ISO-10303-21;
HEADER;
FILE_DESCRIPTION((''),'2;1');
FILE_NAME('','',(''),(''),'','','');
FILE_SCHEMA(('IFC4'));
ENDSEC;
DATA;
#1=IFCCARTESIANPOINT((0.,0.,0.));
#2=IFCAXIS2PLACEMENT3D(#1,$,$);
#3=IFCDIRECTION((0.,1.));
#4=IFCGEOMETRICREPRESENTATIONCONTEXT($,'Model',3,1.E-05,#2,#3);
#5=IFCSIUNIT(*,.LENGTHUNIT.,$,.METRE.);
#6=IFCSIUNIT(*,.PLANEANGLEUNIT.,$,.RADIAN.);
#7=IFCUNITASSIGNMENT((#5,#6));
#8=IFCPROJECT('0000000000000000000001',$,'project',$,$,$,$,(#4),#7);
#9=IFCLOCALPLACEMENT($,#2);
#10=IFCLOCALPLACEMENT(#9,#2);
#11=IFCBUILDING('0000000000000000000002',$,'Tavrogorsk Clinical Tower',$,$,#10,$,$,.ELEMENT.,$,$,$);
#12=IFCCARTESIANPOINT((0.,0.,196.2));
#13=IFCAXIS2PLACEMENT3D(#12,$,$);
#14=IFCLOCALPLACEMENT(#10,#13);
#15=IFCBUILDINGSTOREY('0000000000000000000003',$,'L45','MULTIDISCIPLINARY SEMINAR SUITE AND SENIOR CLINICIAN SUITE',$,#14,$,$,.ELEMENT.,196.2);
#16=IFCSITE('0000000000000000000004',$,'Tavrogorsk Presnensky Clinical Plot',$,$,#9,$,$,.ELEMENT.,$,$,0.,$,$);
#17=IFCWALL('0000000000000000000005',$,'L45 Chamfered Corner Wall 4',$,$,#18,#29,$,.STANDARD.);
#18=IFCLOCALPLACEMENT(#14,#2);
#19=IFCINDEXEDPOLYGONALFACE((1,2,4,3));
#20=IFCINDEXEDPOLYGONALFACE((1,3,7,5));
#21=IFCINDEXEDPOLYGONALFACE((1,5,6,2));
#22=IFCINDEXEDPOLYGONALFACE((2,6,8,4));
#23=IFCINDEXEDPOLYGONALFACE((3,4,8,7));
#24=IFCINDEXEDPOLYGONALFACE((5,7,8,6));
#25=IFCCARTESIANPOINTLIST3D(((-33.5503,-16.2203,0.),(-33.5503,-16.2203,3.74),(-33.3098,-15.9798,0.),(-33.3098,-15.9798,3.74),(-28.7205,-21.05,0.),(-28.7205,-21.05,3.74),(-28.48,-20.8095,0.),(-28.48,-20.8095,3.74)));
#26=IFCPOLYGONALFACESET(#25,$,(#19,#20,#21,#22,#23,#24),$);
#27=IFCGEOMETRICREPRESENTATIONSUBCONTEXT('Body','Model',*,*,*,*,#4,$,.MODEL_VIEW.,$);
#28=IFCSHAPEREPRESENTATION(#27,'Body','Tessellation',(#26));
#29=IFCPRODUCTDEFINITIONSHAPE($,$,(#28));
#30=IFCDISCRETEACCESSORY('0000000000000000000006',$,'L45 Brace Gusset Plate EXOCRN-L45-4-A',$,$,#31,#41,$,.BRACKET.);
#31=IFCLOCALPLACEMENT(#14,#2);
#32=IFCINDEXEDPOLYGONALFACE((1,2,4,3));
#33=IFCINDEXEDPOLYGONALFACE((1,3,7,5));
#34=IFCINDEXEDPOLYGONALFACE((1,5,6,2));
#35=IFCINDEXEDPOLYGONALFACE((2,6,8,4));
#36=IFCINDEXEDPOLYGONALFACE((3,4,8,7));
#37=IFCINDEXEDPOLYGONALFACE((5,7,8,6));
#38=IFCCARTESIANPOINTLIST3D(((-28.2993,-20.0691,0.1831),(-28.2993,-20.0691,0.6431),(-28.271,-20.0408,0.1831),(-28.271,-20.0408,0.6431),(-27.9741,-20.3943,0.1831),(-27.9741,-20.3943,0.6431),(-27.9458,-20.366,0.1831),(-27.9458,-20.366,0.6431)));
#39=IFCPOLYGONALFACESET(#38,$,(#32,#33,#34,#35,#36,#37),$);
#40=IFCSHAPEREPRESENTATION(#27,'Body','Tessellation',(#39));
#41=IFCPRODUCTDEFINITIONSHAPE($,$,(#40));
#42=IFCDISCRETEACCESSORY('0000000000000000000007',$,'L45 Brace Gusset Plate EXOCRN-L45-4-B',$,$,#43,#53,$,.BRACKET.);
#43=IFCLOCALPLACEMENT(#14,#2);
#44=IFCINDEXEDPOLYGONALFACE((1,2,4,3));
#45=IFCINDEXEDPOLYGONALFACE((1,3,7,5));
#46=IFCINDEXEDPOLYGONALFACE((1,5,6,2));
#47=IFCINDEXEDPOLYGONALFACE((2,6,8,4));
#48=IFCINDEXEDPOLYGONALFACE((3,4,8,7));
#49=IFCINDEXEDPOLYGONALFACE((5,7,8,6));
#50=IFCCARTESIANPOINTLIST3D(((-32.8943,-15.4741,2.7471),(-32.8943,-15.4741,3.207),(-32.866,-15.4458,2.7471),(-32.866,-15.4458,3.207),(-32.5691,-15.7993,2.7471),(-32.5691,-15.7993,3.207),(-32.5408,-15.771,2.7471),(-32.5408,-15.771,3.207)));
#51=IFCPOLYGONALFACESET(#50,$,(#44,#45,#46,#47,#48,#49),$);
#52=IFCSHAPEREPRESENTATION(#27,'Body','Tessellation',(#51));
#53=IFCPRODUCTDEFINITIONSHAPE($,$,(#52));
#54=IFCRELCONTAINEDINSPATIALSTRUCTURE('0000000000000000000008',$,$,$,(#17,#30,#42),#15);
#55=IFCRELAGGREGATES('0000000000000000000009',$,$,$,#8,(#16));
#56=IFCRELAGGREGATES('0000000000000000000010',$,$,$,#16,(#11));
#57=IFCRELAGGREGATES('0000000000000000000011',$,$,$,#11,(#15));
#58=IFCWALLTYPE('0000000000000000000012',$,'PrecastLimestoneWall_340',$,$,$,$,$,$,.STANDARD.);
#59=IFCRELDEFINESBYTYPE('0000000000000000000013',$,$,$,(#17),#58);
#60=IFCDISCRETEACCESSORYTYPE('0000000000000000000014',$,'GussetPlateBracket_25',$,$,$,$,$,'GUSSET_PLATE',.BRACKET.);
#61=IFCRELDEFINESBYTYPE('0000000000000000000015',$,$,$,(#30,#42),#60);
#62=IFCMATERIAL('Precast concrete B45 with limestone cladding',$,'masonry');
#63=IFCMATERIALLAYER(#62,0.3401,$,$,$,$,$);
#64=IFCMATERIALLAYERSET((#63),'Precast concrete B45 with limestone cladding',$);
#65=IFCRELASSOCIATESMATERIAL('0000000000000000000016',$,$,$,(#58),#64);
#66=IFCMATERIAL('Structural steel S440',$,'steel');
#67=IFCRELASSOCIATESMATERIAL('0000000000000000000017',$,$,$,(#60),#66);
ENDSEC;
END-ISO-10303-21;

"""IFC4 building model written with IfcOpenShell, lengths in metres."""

from ifc_helpers import new_model, si_unit, direction, frame, frame_2d, origin, origin_2d, place, context, subcontext, project, spatial, rectangle, extrude, material, layer, layer_set, type_object, element, save


model = new_model("IFC4")

# Units and contexts
model_context = context("Model", 3, precision=1e-05, world=origin(), true_north=direction((0.0, 1.0)))
body_context = subcontext(model_context, "Body", "Model", "MODEL_VIEW")
ifc_project = project(units=[si_unit("LENGTHUNIT", "METRE"), si_unit("PLANEANGLEUNIT", "RADIAN")], contexts=[model_context])

# Site, building, storey
site_placement = place(None, origin())
site = spatial("IfcSite", under=ifc_project, at=site_placement, Name="Tavrogorsk Presnensky Clinical Plot", CompositionType="ELEMENT", RefElevation=0.0)
building_placement = place(site_placement, origin())
building = spatial("IfcBuilding", under=site, at=building_placement, Name="Tavrogorsk Clinical Tower", CompositionType="ELEMENT")
storey_placement = place(building_placement, frame((0.0, 0.0, 196.2)))
storey = spatial("IfcBuildingStorey", under=building, at=storey_placement, Name="L45", Description="MULTIDISCIPLINARY SEMINAR SUITE AND SENIOR CLINICIAN SUITE", CompositionType="ELEMENT", Elevation=196.2)

# Shared definitions
ifc_material_1 = material(Name="Precast concrete B45 with limestone cladding", Category="masonry")
ifc_layer_1 = layer(ifc_material_1, 0.3401)
ifc_layer_set_1 = layer_set([ifc_layer_1], Name="Precast concrete B45 with limestone cladding")
wall_type_1 = type_object("IfcWallType", Name="PrecastLimestoneWall_340", PredefinedType="STANDARD", material=ifc_layer_set_1)

# Wall
wall_1_placement = place(storey_placement, frame((-33.4299, -16.1001, 0.0), z_axis=(0.0, 0.0, 1.0), x_axis=(0.707107, -0.707107, 0.0)))
element("IfcWall", 1, at=wall_1_placement, inside=storey, type_object=wall_type_1, Name="L45 Chamfered Corner Wall 4", PredefinedType="STANDARD", context=body_context, shape_type="SweptSolid", body=[
    extrude(rectangle(XDim=6.8303, YDim=0.3401, at=frame_2d((3.415, 0.0))), origin(), (0.0, 0.0, 1.0), 3.74),
])

# Discrete accessories
ifc_material_2 = material(Name="Structural steel S440", Category="steel")
discrete_accessory_type = type_object("IfcDiscreteAccessoryType", Name="GussetPlateBracket_25", ElementType="GUSSET_PLATE", PredefinedType="BRACKET", material=ifc_material_2)
for number, where, z_axis, x_axis, name in (
    (2, (-28.1226, -20.2175, 0.1831), (0.0, 0.0, 1.0), (-0.707107, 0.707107, 0.0), "L45 Brace Gusset Plate EXOCRN-L45-4-A"),
    (3, (-32.7175, -15.6226, 2.7471), (0.0, 0.0, 1.0), (-0.707107, 0.707107, 0.0), "L45 Brace Gusset Plate EXOCRN-L45-4-B"),
):
    element("IfcDiscreteAccessory", number, at=place(storey_placement, frame(where, z_axis=z_axis, x_axis=x_axis)), inside=storey, type_object=discrete_accessory_type, Name=name, PredefinedType="BRACKET", context=body_context, shape_type="SweptSolid", body=[
        extrude(rectangle(XDim=0.46, YDim=0.04, at=origin_2d()), origin(), (0.0, 0.0, 1.0), 0.46),
    ])

save(model, "model.ifc")
